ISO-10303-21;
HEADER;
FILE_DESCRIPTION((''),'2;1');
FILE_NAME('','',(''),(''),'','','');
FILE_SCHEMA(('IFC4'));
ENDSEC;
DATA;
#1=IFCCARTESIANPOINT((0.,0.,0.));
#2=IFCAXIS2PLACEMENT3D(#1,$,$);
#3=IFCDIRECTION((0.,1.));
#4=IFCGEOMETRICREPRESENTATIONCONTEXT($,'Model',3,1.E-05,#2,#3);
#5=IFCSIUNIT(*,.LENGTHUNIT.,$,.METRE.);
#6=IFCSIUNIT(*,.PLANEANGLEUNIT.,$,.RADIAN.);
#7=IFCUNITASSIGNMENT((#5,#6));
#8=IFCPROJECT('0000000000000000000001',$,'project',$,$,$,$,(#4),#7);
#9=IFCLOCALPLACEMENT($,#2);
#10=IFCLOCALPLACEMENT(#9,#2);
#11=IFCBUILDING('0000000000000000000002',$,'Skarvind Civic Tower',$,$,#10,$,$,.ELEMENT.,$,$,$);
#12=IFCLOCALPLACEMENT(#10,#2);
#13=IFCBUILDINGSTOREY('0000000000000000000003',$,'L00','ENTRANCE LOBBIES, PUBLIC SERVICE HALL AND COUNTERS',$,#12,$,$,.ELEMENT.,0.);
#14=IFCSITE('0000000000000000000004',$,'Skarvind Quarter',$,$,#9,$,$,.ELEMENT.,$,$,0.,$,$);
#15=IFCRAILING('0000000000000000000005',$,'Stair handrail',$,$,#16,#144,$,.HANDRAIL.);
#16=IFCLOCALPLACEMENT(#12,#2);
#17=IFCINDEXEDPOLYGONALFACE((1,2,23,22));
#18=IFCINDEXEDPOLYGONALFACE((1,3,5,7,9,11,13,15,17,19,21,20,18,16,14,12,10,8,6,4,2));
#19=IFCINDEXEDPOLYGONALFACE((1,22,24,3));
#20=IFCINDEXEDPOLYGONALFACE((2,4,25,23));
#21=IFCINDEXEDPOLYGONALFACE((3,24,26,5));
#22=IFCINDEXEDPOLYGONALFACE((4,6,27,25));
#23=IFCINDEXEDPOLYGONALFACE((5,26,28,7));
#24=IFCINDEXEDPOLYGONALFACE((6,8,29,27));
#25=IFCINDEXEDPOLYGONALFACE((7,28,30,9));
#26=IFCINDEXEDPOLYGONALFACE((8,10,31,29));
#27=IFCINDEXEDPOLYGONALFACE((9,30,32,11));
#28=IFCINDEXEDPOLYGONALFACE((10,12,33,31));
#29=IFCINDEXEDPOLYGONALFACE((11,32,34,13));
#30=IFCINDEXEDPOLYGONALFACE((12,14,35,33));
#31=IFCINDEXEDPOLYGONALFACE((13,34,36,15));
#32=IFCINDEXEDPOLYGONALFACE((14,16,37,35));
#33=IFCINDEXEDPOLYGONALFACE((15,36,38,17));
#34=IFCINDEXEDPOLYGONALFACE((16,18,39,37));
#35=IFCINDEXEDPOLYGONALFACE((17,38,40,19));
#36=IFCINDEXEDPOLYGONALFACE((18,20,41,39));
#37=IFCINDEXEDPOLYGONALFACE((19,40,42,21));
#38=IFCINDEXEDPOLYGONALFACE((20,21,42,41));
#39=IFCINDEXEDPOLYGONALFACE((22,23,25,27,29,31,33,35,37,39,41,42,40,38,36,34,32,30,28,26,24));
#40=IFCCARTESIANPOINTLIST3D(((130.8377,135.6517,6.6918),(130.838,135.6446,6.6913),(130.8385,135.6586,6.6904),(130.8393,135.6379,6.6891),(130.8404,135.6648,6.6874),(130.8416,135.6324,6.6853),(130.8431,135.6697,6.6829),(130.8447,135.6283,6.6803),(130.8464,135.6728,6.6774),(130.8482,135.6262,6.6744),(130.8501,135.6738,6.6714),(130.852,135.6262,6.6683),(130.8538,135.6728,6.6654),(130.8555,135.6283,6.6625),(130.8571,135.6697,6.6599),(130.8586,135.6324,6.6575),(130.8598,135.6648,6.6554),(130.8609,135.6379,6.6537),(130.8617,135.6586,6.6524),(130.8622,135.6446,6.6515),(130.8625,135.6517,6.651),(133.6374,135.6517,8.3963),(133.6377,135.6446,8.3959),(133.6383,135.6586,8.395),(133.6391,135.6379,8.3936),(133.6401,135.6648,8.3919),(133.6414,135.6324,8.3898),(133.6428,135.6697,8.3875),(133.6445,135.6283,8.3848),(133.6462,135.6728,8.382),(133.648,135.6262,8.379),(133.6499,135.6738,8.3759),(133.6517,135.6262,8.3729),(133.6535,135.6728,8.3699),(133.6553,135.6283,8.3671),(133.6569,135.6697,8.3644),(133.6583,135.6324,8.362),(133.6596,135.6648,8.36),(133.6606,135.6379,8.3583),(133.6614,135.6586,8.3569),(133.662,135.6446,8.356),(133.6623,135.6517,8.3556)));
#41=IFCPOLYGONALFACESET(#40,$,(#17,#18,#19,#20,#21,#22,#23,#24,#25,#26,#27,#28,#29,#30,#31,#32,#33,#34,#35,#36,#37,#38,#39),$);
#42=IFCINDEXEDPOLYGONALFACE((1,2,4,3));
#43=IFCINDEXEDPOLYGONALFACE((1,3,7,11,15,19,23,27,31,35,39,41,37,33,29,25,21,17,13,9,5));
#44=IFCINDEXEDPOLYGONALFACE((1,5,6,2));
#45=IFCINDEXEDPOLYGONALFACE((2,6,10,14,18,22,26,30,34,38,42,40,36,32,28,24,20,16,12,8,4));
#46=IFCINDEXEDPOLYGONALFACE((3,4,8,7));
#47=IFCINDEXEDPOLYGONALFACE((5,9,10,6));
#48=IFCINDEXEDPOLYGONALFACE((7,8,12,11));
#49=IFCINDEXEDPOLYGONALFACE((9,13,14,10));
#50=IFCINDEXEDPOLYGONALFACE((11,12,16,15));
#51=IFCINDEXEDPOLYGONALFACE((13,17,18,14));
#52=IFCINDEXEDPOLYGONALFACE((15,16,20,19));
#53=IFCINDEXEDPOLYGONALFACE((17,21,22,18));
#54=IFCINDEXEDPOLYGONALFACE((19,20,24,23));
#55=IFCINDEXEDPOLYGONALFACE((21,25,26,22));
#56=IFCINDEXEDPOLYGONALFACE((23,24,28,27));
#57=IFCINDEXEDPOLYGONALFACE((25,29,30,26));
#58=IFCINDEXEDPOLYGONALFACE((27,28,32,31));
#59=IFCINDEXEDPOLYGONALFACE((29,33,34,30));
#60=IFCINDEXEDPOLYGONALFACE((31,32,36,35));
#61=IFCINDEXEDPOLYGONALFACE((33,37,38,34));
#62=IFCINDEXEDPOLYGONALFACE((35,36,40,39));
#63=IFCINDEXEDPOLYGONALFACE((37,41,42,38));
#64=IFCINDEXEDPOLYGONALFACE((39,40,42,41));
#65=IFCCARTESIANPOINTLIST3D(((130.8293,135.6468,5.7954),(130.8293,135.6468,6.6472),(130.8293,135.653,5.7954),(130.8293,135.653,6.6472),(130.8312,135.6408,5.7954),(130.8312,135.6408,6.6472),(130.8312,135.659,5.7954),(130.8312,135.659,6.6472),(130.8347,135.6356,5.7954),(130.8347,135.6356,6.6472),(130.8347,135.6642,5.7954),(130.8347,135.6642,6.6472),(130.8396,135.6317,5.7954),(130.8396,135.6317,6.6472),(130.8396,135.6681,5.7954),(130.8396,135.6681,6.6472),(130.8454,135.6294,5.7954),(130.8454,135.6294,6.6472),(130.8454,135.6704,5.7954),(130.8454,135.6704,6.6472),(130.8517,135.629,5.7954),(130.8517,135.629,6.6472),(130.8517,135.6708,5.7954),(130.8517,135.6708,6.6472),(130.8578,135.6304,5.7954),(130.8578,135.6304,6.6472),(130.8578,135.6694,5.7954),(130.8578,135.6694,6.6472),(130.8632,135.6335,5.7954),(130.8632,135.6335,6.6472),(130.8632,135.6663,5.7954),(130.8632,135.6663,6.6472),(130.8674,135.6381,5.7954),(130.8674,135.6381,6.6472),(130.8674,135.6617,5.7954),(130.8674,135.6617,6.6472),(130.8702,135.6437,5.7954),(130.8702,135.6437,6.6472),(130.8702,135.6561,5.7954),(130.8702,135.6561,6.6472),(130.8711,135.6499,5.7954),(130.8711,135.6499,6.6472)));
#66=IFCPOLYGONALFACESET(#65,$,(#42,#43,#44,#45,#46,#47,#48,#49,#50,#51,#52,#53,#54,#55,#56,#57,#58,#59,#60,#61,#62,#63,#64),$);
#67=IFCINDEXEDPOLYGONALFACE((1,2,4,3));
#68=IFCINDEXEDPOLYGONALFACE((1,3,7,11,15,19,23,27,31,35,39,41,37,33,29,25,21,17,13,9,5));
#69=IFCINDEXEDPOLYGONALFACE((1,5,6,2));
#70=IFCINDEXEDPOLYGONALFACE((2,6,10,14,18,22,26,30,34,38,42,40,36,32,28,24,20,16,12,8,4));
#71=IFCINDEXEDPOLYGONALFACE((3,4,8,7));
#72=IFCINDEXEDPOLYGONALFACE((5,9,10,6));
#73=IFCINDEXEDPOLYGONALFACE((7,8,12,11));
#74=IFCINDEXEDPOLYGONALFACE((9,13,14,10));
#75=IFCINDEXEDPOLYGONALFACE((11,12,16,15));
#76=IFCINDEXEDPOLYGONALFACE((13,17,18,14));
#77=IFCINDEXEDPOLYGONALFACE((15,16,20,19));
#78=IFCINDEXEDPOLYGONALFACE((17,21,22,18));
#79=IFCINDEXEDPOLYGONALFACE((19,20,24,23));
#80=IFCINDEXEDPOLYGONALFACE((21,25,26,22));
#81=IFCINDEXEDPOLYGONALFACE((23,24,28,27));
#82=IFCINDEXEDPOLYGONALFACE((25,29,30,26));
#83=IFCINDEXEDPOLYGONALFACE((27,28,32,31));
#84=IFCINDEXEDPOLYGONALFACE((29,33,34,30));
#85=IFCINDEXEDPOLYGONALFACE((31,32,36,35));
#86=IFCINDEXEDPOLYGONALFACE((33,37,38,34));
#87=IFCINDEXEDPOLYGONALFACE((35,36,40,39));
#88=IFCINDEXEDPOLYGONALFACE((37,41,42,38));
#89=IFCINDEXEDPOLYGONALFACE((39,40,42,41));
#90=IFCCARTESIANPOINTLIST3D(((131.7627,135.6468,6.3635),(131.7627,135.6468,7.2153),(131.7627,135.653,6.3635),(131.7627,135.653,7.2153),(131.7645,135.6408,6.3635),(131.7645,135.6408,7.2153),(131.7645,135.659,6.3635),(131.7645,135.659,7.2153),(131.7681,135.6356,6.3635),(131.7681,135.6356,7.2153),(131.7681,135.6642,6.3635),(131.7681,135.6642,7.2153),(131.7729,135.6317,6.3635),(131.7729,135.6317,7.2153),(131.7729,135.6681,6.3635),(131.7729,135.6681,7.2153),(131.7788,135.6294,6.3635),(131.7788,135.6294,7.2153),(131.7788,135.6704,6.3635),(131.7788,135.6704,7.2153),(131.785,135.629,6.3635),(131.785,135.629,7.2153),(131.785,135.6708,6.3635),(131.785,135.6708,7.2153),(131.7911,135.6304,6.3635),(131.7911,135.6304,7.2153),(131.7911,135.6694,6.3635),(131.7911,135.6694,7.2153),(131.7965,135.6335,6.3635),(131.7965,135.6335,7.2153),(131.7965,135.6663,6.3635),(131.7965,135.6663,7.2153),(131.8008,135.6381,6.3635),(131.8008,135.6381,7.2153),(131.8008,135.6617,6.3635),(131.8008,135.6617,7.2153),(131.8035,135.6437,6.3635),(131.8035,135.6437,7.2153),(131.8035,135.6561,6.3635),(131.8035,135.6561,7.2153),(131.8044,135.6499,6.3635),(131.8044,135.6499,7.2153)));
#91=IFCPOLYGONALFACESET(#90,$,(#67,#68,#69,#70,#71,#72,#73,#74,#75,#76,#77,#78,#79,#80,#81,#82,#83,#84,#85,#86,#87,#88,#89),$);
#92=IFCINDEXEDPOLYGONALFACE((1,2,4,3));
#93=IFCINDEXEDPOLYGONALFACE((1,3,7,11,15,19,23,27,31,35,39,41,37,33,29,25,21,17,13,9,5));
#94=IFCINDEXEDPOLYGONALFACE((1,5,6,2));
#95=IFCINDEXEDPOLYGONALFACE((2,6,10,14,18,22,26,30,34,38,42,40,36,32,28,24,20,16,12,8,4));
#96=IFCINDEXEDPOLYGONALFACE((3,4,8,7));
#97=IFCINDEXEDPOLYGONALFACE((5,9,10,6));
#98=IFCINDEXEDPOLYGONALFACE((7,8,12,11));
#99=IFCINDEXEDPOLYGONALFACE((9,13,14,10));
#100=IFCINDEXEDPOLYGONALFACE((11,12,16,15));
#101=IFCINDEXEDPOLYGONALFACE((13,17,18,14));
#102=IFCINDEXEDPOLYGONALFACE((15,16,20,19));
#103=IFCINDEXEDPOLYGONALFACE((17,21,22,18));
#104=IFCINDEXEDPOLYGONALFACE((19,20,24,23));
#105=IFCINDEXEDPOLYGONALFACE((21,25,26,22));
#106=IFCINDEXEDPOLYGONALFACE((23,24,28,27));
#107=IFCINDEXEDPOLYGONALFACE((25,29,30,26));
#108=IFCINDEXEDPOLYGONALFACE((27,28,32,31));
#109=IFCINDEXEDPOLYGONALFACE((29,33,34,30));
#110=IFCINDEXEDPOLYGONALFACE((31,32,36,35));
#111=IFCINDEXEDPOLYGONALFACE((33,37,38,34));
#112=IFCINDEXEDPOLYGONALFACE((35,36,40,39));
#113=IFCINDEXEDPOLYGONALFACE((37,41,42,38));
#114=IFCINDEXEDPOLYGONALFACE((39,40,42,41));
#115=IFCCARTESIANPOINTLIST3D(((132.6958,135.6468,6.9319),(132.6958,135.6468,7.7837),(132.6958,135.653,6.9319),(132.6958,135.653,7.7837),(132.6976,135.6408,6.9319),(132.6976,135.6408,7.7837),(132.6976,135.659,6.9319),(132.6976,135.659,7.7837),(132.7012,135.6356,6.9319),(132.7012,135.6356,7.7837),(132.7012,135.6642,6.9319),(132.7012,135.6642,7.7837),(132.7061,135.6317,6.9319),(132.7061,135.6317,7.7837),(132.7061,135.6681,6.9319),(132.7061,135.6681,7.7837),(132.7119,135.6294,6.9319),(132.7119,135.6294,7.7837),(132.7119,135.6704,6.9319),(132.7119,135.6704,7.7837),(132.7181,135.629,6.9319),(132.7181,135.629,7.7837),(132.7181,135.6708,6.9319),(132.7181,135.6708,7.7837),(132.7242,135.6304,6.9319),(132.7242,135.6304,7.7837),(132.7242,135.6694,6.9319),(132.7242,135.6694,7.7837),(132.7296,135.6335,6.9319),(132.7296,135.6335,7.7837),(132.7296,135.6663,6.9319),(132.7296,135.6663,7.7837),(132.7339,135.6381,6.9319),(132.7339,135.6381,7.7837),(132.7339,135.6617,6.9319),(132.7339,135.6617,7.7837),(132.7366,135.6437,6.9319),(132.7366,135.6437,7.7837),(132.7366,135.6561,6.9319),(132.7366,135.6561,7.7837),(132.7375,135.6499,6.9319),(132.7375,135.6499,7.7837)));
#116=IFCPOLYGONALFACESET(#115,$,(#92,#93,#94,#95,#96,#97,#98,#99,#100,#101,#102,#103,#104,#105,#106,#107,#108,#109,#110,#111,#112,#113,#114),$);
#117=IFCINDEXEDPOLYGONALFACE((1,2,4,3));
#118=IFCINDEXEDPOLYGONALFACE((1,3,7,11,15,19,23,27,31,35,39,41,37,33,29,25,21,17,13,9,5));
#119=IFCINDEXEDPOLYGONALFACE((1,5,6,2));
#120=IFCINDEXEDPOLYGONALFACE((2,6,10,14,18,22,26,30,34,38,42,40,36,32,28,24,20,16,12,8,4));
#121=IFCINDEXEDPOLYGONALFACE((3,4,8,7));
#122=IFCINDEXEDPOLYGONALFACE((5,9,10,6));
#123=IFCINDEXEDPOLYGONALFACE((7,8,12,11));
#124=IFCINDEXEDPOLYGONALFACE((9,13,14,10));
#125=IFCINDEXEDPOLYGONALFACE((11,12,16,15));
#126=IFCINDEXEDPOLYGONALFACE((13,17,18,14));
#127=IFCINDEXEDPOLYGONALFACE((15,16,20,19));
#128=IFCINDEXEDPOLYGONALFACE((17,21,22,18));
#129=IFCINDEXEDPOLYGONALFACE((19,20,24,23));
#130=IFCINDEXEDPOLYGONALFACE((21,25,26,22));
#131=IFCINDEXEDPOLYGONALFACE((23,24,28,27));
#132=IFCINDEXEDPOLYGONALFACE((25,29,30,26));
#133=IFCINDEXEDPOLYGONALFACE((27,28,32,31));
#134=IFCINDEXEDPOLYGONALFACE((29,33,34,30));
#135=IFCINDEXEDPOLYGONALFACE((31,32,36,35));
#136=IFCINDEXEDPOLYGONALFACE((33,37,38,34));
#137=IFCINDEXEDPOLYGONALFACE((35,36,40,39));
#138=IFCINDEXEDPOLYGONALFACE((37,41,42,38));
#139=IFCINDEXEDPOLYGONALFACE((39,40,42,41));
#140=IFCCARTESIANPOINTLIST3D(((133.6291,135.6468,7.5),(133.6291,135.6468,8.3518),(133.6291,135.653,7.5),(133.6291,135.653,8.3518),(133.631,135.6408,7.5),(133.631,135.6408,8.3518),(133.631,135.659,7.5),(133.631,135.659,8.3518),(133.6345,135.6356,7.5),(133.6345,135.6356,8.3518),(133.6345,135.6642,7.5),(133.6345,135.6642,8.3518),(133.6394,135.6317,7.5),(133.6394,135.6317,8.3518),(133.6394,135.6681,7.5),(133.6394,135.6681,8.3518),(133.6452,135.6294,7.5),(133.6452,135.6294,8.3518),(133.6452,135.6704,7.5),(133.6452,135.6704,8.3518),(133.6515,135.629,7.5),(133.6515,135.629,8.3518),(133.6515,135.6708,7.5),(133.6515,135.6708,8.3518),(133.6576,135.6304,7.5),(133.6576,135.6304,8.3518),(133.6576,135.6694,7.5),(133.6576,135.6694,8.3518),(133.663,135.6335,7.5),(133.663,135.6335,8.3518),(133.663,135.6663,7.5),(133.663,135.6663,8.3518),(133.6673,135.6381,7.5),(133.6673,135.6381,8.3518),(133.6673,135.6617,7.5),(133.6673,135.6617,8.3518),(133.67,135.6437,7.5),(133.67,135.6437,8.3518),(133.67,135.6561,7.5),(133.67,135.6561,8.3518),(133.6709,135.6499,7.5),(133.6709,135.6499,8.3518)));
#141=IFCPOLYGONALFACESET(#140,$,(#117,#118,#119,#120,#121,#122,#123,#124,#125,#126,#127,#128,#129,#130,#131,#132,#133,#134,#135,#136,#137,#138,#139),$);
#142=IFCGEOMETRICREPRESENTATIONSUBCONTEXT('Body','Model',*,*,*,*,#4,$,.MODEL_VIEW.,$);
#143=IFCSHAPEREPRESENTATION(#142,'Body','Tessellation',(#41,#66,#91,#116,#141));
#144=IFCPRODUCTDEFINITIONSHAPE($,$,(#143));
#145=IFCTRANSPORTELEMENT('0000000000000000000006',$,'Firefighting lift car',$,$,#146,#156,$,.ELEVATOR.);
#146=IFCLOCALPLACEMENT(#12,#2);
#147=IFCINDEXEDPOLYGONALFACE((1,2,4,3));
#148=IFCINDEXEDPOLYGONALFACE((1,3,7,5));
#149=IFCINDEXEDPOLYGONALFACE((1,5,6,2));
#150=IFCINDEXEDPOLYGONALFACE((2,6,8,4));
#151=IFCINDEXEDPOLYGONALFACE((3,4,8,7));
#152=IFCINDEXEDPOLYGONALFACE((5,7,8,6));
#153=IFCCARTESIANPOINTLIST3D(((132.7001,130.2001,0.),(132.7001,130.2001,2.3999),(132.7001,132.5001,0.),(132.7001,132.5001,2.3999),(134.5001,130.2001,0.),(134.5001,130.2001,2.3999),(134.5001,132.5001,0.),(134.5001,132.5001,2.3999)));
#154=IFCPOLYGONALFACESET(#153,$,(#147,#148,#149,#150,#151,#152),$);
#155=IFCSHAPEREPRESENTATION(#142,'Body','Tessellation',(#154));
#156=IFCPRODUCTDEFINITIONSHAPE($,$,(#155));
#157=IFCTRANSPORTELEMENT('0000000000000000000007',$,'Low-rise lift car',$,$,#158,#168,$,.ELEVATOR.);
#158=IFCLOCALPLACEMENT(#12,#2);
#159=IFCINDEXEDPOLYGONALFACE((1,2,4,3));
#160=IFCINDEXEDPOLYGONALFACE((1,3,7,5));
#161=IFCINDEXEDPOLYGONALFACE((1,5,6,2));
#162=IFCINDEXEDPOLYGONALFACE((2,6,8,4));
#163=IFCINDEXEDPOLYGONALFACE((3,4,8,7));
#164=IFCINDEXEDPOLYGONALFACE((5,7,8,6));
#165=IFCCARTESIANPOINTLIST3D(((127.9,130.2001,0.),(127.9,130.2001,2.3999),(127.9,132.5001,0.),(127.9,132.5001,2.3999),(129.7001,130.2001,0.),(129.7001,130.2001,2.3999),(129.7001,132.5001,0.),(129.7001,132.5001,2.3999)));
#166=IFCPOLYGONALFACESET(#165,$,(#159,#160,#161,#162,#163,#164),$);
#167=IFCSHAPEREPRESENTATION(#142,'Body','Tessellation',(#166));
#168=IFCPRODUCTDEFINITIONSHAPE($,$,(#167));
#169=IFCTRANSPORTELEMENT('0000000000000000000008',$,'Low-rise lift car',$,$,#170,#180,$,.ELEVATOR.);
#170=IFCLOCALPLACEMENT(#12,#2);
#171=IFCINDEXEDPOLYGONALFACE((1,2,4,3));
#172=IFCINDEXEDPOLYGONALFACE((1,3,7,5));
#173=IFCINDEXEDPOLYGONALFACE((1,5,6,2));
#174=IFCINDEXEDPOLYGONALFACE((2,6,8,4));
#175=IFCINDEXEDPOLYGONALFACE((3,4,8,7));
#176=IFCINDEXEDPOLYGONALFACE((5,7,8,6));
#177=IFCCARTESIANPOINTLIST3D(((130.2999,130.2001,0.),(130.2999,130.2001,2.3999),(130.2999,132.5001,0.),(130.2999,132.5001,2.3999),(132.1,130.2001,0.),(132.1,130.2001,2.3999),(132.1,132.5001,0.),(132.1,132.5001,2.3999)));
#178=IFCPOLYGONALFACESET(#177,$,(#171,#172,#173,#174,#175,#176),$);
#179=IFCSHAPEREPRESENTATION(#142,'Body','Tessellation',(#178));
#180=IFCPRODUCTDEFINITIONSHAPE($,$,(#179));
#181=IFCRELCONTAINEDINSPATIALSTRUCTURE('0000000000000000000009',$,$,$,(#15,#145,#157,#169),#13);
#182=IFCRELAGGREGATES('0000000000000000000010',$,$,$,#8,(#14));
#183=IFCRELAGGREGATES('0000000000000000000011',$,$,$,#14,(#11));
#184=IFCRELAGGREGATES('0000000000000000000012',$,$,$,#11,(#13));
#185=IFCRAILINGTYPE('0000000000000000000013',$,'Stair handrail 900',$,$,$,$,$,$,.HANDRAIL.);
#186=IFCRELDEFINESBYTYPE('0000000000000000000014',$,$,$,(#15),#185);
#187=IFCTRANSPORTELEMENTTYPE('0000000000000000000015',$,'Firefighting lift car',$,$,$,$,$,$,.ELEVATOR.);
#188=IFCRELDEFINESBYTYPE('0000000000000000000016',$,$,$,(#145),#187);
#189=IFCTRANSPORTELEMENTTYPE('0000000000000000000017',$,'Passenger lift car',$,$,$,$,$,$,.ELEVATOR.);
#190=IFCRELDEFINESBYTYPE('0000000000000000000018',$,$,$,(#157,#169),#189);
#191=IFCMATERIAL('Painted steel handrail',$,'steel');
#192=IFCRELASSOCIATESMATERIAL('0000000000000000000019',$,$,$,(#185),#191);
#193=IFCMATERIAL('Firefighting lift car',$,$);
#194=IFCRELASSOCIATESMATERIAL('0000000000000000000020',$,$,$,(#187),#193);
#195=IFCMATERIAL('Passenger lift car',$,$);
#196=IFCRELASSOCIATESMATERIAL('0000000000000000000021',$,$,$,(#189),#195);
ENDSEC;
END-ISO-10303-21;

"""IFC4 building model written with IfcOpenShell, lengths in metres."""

from ifc_helpers import new_model, si_unit, direction, frame, origin, origin_2d, place, context, subcontext, project, spatial, rectangle, circle, extrude, material, type_object, element, save


model = new_model("IFC4")

# Units and contexts
model_context = context("Model", 3, precision=1e-05, world=origin(), true_north=direction((0.0, 1.0)))
body_context = subcontext(model_context, "Body", "Model", "MODEL_VIEW")
ifc_project = project(units=[si_unit("LENGTHUNIT", "METRE"), si_unit("PLANEANGLEUNIT", "RADIAN")], contexts=[model_context])

# Site, building, storey
site_placement = place(None, origin())
site = spatial("IfcSite", under=ifc_project, at=site_placement, Name="Skarvind Quarter", CompositionType="ELEMENT", RefElevation=0.0)
building_placement = place(site_placement, origin())
building = spatial("IfcBuilding", under=site, at=building_placement, Name="Skarvind Civic Tower", CompositionType="ELEMENT")
storey_placement = place(building_placement, origin())
storey = spatial("IfcBuildingStorey", under=building, at=storey_placement, Name="L00", Description="ENTRANCE LOBBIES, PUBLIC SERVICE HALL AND COUNTERS", CompositionType="ELEMENT", Elevation=0.0)

# Railing
ifc_material_1 = material(Name="Painted steel handrail", Category="steel")
railing_type = type_object("IfcRailingType", Name="Stair handrail 900", PredefinedType="HANDRAIL", material=ifc_material_1)
for number, where, name in (
    (1, (130.8501, 135.6499, 5.7954), "Stair handrail"),
):
    element("IfcRailing", number, at=place(storey_placement, frame(where)), inside=storey, type_object=railing_type, Name=name, PredefinedType="HANDRAIL", context=body_context, shape_type="SweptSolid", body=[
        extrude(circle(Radius=0.0239, at=origin_2d()), frame((0.0, 0.0, 0.876), z_axis=(0.85415, 0.0, 0.520027), x_axis=(0.0, 1.0, 0.0)), (0.0, 0.0, 1.0), 3.2778),
        extrude(circle(Radius=0.021, at=origin_2d()), origin(), (0.0, 0.0, 1.0), 0.8518),
        extrude(circle(Radius=0.021, at=origin_2d()), frame((0.9333, 0.0, 0.5681)), (0.0, 0.0, 1.0), 0.8518),
        extrude(circle(Radius=0.021, at=origin_2d()), frame((1.8665, 0.0, 1.1365)), (0.0, 0.0, 1.0), 0.8518),
        extrude(circle(Radius=0.021, at=origin_2d()), frame((2.7998, 0.0, 1.7046)), (0.0, 0.0, 1.0), 0.8518),
    ])

# Transport elements
ifc_material_2 = material(Name="Firefighting lift car")
transport_element_type_1 = type_object("IfcTransportElementType", Name="Firefighting lift car", PredefinedType="ELEVATOR", material=ifc_material_2)
transport_element_placement = place(storey_placement, frame((133.6001, 131.3501, 0.0), z_axis=(0.0, 0.0, 1.0), x_axis=(1.0, 0.0, 0.0)))
element("IfcTransportElement", 2, at=transport_element_placement, inside=storey, type_object=transport_element_type_1, Name="Firefighting lift car", PredefinedType="ELEVATOR", context=body_context, shape_type="SweptSolid", body=[
    extrude(rectangle(XDim=1.8, YDim=2.3, at=origin_2d()), origin(), (0.0, 0.0, 1.0), 2.3999),
])
ifc_material_3 = material(Name="Passenger lift car")
transport_element_type_2 = type_object("IfcTransportElementType", Name="Passenger lift car", PredefinedType="ELEVATOR", material=ifc_material_3)
for number, where, z_axis, x_axis, name in (
    (3, (128.8, 131.3501, 0.0), (0.0, 0.0, 1.0), (1.0, 0.0, 0.0), "Low-rise lift car"),
    (4, (131.2, 131.3501, 0.0), (0.0, 0.0, 1.0), (1.0, 0.0, 0.0), "Low-rise lift car"),
):
    element("IfcTransportElement", number, at=place(storey_placement, frame(where, z_axis=z_axis, x_axis=x_axis)), inside=storey, type_object=transport_element_type_2, Name=name, PredefinedType="ELEVATOR", context=body_context, shape_type="SweptSolid", body=[
        extrude(rectangle(XDim=1.8, YDim=2.3, at=origin_2d()), origin(), (0.0, 0.0, 1.0), 2.3999),
    ])

save(model, "model.ifc")
